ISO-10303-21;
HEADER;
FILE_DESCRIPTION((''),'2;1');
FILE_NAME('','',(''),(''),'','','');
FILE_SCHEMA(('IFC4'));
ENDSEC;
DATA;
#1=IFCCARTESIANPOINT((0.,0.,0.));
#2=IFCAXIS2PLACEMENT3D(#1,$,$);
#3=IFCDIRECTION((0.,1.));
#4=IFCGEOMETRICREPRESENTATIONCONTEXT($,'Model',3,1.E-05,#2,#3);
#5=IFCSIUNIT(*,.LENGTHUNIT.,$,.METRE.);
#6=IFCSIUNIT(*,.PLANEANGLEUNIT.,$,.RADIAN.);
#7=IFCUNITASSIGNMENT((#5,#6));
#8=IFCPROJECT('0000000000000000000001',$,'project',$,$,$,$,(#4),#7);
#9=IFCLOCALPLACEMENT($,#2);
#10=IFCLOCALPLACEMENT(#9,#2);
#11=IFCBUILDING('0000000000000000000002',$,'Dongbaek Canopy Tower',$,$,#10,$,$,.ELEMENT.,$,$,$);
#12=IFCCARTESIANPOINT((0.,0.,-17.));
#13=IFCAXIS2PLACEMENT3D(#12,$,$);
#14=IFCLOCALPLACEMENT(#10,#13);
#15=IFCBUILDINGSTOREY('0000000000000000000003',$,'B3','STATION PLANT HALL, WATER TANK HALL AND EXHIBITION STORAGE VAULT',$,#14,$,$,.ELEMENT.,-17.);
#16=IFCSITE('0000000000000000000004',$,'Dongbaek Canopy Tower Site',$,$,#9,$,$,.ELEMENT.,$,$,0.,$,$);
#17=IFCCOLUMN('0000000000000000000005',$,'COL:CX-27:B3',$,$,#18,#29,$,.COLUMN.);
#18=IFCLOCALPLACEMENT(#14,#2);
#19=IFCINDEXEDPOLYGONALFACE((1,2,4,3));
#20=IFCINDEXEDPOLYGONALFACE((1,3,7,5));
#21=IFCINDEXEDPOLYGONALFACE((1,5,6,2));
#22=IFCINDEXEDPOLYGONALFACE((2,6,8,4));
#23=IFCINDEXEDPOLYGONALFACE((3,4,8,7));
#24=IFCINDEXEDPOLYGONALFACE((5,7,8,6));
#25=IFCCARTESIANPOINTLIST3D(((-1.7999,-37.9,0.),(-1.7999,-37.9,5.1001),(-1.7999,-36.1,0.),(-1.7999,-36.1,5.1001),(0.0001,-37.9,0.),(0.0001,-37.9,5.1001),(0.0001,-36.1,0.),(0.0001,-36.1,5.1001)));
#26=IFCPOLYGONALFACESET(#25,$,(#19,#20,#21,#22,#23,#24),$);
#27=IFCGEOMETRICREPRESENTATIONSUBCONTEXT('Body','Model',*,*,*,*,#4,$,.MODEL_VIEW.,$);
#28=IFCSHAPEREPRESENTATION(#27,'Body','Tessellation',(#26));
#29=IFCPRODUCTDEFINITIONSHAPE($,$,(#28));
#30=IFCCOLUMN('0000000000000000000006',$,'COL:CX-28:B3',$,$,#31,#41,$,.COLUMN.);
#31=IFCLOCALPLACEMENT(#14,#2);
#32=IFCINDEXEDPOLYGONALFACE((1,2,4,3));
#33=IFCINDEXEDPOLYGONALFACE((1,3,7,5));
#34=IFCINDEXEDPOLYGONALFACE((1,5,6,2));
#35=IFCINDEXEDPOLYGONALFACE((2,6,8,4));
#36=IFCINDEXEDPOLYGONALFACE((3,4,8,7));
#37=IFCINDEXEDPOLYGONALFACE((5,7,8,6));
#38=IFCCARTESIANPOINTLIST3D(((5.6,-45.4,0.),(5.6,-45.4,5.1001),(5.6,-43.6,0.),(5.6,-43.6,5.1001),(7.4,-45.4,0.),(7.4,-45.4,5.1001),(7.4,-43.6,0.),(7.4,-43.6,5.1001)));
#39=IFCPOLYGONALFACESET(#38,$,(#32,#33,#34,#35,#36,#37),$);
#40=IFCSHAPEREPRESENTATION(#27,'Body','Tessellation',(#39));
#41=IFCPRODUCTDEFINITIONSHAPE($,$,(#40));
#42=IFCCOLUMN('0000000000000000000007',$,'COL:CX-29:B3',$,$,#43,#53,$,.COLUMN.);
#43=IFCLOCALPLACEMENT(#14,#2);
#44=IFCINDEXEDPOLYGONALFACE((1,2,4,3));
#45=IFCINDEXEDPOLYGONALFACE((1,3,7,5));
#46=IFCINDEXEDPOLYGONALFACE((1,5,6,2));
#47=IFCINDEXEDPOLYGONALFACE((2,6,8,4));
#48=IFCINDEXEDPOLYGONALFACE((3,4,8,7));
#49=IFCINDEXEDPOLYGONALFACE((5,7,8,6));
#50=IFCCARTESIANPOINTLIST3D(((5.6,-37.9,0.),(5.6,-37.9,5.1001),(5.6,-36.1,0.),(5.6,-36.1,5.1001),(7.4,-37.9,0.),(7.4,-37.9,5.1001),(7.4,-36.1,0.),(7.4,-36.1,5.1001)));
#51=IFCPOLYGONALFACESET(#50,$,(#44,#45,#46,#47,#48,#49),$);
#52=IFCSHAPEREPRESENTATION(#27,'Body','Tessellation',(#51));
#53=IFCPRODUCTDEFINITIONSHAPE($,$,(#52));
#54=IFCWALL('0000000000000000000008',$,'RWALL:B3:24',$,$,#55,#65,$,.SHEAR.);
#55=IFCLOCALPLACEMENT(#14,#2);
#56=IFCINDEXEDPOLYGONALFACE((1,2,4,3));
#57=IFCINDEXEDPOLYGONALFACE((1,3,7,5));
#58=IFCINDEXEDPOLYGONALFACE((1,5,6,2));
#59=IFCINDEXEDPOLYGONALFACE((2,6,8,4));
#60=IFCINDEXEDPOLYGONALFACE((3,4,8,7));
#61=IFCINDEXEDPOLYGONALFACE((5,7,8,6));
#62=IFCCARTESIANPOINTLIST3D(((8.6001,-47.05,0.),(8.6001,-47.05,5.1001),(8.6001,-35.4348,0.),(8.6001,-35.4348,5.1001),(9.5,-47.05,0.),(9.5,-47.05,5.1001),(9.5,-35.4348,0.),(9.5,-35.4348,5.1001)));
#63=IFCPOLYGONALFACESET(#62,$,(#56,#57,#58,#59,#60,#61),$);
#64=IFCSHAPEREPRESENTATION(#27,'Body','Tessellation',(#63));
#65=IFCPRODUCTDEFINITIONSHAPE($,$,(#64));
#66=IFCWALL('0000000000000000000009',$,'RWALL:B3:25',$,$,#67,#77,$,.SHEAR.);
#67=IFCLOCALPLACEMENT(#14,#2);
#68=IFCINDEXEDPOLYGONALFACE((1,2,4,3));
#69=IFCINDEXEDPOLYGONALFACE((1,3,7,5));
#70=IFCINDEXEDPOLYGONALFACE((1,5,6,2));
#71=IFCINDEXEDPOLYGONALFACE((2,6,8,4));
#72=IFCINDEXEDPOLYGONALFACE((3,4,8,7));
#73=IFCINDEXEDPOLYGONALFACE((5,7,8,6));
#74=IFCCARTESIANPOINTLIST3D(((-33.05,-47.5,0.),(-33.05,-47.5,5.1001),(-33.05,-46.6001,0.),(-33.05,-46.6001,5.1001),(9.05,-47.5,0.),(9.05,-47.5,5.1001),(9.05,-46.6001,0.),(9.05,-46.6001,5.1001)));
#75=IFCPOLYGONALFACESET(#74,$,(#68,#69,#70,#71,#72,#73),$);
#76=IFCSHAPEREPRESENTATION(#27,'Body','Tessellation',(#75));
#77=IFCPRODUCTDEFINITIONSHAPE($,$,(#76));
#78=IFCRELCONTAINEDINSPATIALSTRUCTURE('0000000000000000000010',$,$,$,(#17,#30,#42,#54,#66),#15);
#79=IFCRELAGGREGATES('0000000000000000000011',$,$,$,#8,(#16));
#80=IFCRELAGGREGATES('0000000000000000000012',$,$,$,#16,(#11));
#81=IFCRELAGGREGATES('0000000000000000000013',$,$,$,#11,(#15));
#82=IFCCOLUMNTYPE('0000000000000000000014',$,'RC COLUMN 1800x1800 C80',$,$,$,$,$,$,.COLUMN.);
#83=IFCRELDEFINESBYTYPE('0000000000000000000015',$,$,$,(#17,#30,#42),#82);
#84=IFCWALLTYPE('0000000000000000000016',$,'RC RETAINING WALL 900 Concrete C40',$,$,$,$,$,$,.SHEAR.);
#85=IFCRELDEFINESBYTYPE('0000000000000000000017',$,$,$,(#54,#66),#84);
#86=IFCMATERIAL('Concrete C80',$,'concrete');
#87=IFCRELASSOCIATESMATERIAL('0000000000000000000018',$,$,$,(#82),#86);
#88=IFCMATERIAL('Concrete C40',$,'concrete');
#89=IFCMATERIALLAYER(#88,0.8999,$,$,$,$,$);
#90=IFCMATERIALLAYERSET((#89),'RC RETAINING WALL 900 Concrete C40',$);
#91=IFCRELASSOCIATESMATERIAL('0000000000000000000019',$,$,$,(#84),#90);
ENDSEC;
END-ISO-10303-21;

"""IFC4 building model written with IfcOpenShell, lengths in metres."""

from ifc_helpers import new_model, si_unit, direction, frame, frame_2d, origin, origin_2d, place, context, subcontext, project, spatial, rectangle, extrude, material, layer, layer_set, material_profile, profile_set, type_object, element, save


model = new_model("IFC4")

# Units and contexts
model_context = context("Model", 3, precision=1e-05, world=origin(), true_north=direction((0.0, 1.0)))
body_context = subcontext(model_context, "Body", "Model", "MODEL_VIEW")
ifc_project = project(units=[si_unit("LENGTHUNIT", "METRE"), si_unit("PLANEANGLEUNIT", "RADIAN")], contexts=[model_context])

# Site, building, storey
site_placement = place(None, origin())
site = spatial("IfcSite", under=ifc_project, at=site_placement, Name="Dongbaek Canopy Tower Site", CompositionType="ELEMENT", RefElevation=0.0)
building_placement = place(site_placement, origin())
building = spatial("IfcBuilding", under=site, at=building_placement, Name="Dongbaek Canopy Tower", CompositionType="ELEMENT")
storey_placement = place(building_placement, frame((0.0, 0.0, -17.0)))
storey = spatial("IfcBuildingStorey", under=building, at=storey_placement, Name="B3", Description="STATION PLANT HALL, WATER TANK HALL AND EXHIBITION STORAGE VAULT", CompositionType="ELEMENT", Elevation=-17.0)

# Columns
ifc_material_1 = material(Name="Concrete C80", Category="concrete")
ifc_material_profile_1 = material_profile(ifc_material_1, rectangle(XDim=1.8, YDim=1.8, at=origin_2d()), Name="RC COLUMN 1800x1800 C80")
ifc_profile_set_1 = profile_set([ifc_material_profile_1], Name="Concrete C80")
column_type = type_object("IfcColumnType", Name="RC COLUMN 1800x1800 C80", PredefinedType="COLUMN", material=ifc_profile_set_1)
for number, where, z_axis, x_axis, name in (
    (1, (-0.8999, -37.0, 0.0), (0.0, 0.0, 1.0), (1.0, 0.0, 0.0), "COL:CX-27:B3"),
    (2, (6.5, -44.5, 0.0), (0.0, 0.0, 1.0), (1.0, 0.0, 0.0), "COL:CX-28:B3"),
    (3, (6.5, -37.0, 0.0), (0.0, 0.0, 1.0), (1.0, 0.0, 0.0), "COL:CX-29:B3"),
):
    element("IfcColumn", number, at=place(storey_placement, frame(where, z_axis=z_axis, x_axis=x_axis)), inside=storey, type_object=column_type, Name=name, PredefinedType="COLUMN", context=body_context, shape_type="SweptSolid", body=[
        extrude(rectangle(XDim=1.8, YDim=1.8, at=origin_2d()), origin(), (0.0, 0.0, 1.0), 5.1001),
    ])

# Walls
ifc_material_2 = material(Name="Concrete C40", Category="concrete")
ifc_layer = layer(ifc_material_2, 0.8999)
ifc_layer_set = layer_set([ifc_layer], Name="RC RETAINING WALL 900 Concrete C40")
wall_type = type_object("IfcWallType", Name="RC RETAINING WALL 900 Concrete C40", PredefinedType="SHEAR", material=ifc_layer_set)
wall_1_placement = place(storey_placement, frame((9.05, -35.4348, 0.0), z_axis=(0.0, 0.0, 1.0), x_axis=(0.0, -1.0, 0.0)))
element("IfcWall", 4, at=wall_1_placement, inside=storey, type_object=wall_type, Name="RWALL:B3:24", PredefinedType="SHEAR", context=body_context, shape_type="SweptSolid", body=[
    extrude(rectangle(XDim=11.6152, YDim=0.8999, at=frame_2d((5.8076, 0.0))), origin(), (0.0, 0.0, 1.0), 5.1001),
])
wall_2_placement = place(storey_placement, frame((9.05, -47.05, 0.0), z_axis=(0.0, 0.0, 1.0), x_axis=(-1.0, 0.0, 0.0)))
element("IfcWall", 5, at=wall_2_placement, inside=storey, type_object=wall_type, Name="RWALL:B3:25", PredefinedType="SHEAR", context=body_context, shape_type="SweptSolid", body=[
    extrude(rectangle(XDim=42.1001, YDim=0.8999, at=frame_2d((21.05, 0.0))), origin(), (0.0, 0.0, 1.0), 5.1001),
])

save(model, "model.ifc")
